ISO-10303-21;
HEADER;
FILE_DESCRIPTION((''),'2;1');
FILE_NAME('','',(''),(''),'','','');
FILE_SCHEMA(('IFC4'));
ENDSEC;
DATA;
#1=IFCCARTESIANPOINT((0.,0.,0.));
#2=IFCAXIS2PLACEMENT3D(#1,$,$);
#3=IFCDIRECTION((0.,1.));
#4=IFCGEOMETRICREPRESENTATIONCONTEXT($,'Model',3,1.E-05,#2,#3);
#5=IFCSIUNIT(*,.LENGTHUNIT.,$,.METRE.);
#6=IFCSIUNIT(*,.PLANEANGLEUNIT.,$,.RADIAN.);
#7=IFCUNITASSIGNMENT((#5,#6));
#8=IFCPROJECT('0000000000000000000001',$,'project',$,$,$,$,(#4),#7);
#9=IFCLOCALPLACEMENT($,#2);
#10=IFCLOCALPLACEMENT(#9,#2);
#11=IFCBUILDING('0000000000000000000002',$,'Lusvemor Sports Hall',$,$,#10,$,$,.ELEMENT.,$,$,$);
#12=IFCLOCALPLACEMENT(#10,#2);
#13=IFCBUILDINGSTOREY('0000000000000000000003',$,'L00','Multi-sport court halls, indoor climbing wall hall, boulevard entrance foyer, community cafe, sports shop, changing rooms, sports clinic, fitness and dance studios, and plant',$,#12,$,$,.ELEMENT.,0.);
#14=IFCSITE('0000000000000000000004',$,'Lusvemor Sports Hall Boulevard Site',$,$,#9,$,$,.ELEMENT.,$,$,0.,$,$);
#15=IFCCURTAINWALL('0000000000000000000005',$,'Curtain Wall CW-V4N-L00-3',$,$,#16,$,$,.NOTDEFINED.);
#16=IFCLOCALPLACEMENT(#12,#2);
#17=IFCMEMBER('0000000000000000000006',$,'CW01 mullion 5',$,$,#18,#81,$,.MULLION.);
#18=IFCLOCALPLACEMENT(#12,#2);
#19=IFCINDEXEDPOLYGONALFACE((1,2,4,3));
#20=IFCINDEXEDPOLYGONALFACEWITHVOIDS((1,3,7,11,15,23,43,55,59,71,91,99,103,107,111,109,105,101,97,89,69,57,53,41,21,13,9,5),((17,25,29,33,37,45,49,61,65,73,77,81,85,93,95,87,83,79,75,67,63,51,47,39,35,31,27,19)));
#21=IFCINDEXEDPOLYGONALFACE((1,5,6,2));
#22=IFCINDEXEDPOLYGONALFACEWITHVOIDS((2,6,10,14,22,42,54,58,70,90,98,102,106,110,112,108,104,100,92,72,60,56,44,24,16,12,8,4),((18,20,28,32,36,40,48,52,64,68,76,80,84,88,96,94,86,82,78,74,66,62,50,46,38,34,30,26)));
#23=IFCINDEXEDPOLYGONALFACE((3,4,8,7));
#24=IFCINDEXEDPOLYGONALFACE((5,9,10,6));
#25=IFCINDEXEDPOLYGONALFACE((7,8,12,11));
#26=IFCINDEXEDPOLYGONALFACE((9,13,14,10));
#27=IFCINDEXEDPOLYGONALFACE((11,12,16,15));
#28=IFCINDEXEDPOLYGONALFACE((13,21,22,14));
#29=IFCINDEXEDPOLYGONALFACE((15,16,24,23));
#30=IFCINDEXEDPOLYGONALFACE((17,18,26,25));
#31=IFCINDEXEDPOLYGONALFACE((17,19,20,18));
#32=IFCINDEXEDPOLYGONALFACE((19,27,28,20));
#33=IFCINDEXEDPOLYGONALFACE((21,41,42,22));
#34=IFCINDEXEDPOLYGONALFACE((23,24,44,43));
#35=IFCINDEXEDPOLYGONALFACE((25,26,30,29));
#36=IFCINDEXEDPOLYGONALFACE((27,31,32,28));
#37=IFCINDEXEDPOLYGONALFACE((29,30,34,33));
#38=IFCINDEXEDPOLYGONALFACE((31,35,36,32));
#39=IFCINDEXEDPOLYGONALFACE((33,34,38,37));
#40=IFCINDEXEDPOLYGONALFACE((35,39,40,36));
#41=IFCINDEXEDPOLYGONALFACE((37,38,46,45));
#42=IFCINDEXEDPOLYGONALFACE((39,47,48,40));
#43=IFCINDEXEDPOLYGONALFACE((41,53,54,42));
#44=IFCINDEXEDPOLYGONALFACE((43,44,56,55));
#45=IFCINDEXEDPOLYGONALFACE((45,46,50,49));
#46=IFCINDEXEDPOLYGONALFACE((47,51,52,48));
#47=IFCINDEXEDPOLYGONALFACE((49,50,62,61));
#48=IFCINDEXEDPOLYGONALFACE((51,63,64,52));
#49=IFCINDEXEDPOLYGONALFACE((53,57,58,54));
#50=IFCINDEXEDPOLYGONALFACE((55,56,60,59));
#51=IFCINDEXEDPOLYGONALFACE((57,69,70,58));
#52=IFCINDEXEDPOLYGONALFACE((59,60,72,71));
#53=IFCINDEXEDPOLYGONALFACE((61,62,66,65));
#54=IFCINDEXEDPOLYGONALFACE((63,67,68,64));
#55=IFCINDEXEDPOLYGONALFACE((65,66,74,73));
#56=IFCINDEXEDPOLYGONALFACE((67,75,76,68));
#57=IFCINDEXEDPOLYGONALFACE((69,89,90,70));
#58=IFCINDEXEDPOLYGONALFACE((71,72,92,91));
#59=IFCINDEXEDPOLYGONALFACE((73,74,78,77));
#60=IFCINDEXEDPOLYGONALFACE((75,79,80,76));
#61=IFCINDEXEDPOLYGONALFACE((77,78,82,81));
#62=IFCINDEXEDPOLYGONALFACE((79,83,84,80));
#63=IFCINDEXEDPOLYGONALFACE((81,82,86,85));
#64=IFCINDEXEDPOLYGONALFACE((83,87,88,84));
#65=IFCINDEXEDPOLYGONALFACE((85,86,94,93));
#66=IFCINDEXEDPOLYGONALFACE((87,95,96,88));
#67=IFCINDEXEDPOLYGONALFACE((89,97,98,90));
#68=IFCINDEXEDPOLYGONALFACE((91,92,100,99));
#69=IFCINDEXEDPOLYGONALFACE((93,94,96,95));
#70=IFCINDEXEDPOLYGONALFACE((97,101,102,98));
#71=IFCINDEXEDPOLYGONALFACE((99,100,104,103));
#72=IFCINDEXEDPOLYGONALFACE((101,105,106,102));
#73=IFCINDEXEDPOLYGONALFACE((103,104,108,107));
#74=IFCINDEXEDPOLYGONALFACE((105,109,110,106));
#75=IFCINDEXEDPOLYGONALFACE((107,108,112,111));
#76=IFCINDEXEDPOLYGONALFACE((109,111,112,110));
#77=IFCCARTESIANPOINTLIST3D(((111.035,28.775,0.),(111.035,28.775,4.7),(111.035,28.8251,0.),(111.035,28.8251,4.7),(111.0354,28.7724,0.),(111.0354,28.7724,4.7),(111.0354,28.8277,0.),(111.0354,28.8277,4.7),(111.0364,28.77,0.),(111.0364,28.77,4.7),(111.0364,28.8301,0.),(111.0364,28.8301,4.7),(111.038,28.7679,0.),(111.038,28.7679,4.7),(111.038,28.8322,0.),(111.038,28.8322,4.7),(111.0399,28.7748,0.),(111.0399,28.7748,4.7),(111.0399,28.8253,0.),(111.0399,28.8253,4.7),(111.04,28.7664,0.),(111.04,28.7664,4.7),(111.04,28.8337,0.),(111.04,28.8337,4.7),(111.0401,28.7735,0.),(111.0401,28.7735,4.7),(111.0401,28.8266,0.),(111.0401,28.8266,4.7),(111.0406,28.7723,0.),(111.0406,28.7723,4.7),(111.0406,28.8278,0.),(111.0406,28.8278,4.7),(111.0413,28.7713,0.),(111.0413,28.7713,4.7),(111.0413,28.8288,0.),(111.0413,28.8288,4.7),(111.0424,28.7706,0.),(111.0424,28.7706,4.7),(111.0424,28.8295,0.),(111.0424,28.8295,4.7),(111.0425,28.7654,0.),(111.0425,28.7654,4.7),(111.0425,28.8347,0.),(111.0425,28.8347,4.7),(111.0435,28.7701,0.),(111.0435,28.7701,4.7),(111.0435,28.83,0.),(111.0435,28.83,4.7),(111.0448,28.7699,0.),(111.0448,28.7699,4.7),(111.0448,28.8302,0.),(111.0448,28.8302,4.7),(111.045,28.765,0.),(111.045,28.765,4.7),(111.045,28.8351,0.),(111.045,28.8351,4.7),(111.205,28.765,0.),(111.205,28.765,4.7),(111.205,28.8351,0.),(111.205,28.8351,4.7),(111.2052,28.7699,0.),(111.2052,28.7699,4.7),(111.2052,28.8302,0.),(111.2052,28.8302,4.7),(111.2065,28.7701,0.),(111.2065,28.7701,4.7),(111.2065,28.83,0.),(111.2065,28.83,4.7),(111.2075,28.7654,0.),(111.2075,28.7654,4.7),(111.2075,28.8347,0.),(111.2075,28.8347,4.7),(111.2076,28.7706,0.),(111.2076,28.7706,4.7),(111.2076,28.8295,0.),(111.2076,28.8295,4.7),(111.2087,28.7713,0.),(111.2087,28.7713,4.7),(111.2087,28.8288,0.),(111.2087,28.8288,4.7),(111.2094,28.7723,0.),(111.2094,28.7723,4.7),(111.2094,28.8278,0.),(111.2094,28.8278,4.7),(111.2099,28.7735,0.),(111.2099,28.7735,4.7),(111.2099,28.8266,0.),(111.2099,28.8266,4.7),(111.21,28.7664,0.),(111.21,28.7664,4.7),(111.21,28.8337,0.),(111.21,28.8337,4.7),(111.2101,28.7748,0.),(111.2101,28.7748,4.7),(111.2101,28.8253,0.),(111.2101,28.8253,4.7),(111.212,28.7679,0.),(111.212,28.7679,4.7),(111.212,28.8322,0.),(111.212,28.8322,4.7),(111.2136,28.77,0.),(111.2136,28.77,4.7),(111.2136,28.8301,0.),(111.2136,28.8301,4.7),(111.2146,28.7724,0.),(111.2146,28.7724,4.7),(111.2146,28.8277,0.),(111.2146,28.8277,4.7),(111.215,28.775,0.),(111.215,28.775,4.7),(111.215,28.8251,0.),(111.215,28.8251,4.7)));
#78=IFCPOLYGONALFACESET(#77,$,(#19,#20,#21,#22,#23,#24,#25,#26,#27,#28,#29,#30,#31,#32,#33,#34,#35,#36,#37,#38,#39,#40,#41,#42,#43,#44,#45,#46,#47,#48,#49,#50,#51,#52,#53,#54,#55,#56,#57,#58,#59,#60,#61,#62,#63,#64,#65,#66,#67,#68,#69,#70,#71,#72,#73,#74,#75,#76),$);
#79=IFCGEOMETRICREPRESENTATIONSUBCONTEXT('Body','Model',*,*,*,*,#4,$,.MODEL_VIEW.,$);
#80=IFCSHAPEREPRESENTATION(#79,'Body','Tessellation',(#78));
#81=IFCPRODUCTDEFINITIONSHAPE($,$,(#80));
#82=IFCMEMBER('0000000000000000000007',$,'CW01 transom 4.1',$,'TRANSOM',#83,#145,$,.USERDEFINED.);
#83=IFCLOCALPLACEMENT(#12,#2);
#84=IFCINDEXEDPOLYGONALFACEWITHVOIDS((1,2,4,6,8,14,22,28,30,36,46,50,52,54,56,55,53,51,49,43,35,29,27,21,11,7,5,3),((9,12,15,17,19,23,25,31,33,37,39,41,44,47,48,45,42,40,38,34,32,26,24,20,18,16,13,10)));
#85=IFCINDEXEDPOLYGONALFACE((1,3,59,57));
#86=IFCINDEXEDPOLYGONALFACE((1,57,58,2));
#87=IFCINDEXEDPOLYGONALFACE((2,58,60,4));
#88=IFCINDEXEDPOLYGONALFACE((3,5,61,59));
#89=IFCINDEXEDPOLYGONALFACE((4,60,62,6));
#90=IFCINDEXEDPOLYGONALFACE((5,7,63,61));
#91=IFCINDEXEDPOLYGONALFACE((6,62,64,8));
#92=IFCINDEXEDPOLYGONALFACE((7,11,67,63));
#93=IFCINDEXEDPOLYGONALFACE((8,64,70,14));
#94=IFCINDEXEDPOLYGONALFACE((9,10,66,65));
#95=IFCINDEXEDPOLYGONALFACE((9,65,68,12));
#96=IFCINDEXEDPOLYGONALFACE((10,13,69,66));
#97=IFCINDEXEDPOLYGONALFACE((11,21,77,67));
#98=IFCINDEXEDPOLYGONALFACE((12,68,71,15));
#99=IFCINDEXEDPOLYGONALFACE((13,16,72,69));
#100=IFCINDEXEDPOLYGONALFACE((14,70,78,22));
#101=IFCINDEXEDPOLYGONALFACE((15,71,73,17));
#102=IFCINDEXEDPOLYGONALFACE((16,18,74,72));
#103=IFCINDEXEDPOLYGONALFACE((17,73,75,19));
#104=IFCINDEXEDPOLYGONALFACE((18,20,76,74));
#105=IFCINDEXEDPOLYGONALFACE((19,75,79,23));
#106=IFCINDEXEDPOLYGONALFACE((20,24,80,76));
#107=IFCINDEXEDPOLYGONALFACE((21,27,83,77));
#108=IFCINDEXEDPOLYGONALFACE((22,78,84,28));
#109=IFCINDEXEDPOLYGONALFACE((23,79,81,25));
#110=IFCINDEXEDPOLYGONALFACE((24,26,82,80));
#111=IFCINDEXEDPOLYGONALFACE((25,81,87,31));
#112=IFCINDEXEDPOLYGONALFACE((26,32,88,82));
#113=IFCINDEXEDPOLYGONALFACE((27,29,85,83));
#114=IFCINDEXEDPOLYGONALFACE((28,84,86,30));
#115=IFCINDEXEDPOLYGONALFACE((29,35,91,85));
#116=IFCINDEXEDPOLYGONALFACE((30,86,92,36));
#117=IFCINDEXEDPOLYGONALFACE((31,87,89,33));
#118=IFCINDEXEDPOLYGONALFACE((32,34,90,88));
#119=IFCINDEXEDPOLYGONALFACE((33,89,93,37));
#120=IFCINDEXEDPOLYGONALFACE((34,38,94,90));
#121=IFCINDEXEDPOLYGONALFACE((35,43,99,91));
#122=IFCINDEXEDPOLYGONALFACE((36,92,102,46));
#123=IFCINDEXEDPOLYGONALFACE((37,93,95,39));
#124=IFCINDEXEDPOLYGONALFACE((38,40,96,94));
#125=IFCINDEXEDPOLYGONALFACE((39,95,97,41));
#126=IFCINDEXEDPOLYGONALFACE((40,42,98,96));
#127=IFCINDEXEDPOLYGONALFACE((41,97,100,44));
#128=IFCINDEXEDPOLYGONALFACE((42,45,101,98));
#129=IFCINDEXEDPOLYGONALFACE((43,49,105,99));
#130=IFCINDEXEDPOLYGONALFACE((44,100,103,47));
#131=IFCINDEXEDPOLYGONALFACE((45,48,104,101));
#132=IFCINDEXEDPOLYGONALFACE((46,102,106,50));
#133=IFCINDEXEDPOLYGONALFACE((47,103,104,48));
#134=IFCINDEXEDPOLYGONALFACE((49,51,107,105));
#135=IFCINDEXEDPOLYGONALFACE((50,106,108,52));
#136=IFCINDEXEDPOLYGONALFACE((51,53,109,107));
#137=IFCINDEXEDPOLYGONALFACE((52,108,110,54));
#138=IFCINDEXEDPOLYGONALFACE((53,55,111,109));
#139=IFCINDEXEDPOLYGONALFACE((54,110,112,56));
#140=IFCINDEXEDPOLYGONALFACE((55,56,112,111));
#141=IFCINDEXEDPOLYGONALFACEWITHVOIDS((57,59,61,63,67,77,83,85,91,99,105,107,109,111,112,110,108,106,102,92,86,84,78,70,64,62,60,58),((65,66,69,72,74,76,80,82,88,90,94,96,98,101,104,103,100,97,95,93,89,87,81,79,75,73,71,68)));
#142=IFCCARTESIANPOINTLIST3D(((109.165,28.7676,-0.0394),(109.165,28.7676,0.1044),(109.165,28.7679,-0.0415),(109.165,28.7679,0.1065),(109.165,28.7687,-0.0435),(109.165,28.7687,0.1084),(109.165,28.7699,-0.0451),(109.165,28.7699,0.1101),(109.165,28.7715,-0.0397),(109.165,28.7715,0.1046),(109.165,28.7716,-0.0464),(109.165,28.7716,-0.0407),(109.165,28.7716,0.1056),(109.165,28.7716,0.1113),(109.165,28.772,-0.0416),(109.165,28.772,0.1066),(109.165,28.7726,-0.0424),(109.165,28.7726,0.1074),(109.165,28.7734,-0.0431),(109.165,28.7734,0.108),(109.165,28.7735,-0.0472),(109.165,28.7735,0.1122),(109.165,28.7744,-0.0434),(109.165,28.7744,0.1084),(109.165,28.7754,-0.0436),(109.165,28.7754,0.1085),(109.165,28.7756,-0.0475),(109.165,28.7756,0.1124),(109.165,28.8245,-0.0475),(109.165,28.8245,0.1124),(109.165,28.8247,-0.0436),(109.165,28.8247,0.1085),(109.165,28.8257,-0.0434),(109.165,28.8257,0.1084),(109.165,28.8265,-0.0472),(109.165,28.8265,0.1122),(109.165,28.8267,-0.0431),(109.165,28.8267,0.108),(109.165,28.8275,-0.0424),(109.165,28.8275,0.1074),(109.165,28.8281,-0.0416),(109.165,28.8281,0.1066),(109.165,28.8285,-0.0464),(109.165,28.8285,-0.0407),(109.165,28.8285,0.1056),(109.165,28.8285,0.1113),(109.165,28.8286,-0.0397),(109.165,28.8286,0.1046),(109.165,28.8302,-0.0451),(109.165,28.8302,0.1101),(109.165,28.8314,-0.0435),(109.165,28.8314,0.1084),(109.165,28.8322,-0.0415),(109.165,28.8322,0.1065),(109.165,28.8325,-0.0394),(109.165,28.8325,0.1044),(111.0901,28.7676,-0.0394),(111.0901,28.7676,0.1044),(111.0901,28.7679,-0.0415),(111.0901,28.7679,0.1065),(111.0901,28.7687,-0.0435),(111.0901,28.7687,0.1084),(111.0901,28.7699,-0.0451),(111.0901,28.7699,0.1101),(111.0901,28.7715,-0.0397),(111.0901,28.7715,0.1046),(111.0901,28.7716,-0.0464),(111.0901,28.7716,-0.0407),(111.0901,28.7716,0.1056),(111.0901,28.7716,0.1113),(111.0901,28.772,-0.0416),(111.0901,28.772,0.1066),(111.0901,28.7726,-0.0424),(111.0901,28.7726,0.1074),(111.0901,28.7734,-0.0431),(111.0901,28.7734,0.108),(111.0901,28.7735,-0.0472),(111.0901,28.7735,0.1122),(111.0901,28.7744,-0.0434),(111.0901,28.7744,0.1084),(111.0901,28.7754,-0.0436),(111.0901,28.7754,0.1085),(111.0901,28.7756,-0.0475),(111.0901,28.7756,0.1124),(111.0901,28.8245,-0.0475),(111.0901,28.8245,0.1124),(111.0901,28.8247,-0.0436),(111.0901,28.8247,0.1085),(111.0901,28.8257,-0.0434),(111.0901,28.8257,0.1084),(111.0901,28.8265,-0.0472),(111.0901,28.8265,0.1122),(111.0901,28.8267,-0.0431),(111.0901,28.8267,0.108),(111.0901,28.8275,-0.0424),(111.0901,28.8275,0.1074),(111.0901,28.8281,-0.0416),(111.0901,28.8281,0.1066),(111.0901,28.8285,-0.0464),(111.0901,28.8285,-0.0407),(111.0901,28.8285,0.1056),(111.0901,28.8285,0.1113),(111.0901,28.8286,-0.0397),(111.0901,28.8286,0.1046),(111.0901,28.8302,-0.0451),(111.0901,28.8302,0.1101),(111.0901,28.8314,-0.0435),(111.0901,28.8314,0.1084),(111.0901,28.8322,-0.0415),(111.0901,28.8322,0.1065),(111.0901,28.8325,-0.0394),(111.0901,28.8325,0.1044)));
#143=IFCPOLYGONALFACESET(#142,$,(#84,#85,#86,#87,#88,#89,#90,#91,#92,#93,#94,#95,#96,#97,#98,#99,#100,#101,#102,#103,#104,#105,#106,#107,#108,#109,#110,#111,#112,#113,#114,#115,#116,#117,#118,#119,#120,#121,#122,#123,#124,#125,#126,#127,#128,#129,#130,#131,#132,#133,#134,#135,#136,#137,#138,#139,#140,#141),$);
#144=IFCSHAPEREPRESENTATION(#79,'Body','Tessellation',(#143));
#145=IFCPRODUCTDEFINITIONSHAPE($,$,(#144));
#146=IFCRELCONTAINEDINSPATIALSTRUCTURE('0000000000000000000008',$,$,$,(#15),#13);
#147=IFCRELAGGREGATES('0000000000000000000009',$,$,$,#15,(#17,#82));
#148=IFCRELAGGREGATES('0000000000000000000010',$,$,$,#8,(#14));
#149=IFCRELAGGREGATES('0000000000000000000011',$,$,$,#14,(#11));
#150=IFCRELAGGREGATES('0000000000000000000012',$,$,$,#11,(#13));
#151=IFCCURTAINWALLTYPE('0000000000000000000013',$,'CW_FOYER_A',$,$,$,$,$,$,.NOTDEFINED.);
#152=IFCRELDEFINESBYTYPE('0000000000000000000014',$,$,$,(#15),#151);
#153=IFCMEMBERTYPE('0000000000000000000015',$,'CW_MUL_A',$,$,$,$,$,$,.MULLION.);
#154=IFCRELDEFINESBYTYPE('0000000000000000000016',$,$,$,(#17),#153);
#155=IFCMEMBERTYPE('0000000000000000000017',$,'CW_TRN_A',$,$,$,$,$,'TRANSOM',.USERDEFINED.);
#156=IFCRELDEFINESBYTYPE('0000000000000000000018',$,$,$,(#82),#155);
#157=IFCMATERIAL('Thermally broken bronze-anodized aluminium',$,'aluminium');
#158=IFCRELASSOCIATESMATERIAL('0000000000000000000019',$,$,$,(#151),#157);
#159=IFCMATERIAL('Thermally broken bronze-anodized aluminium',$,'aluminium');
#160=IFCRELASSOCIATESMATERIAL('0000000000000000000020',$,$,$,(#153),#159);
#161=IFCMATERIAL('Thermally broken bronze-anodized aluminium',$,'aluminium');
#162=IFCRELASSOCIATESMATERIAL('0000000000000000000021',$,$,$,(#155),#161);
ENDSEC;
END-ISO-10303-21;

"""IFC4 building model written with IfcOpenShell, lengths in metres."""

from ifc_helpers import new_model, si_unit, direction, frame, origin, origin_2d, place, context, subcontext, project, spatial, hollow_rectangle, extrude, material, material_profile, profile_set, type_object, element, aggregate, save


model = new_model("IFC4")

# Units and contexts
model_context = context("Model", 3, precision=1e-05, world=origin(), true_north=direction((0.0, 1.0)))
body_context = subcontext(model_context, "Body", "Model", "MODEL_VIEW")
ifc_project = project(units=[si_unit("LENGTHUNIT", "METRE"), si_unit("PLANEANGLEUNIT", "RADIAN")], contexts=[model_context])

# Site, building, storey
site_placement = place(None, origin())
site = spatial("IfcSite", under=ifc_project, at=site_placement, Name="Lusvemor Sports Hall Boulevard Site", CompositionType="ELEMENT", RefElevation=0.0)
building_placement = place(site_placement, origin())
building = spatial("IfcBuilding", under=site, at=building_placement, Name="Lusvemor Sports Hall", CompositionType="ELEMENT")
storey_placement = place(building_placement, origin())
storey = spatial("IfcBuildingStorey", under=building, at=storey_placement, Name="L00", Description="Multi-sport court halls, indoor climbing wall hall, boulevard entrance foyer, community cafe, sports shop, changing rooms, sports clinic, fitness and dance studios, and plant", CompositionType="ELEMENT", Elevation=0.0)

# Curtain wall, members
ifc_material_1 = material(Name="Thermally broken bronze-anodized aluminium", Category="aluminium")
curtain_wall_type = type_object("IfcCurtainWallType", Name="CW_FOYER_A", PredefinedType="NOTDEFINED", material=ifc_material_1)
curtain_wall_placement = place(storey_placement, origin())
curtain_wall = element("IfcCurtainWall", 1, at=curtain_wall_placement, inside=storey, type_object=curtain_wall_type, Name="Curtain Wall CW-V4N-L00-3", PredefinedType="NOTDEFINED")
ifc_material_2 = material(Name="Thermally broken bronze-anodized aluminium", Category="aluminium")
ifc_material_profile_1 = material_profile(ifc_material_2, hollow_rectangle(XDim=0.0701, YDim=0.1799, WallThickness=0.0049, InnerFilletRadius=0.0049, OuterFilletRadius=0.01, at=origin_2d()), Name="CWMUL180x70x5")
ifc_profile_set_1 = profile_set([ifc_material_profile_1], Name="Thermally broken bronze-anodized aluminium")
member_type_1 = type_object("IfcMemberType", Name="CW_MUL_A", PredefinedType="MULLION", material=ifc_profile_set_1)
member_1_placement = place(storey_placement, frame((111.125, 28.8, 0.0), z_axis=(0.0, 0.0, 1.0), x_axis=(0.0, 1.0, 0.0)))
member_1 = element("IfcMember", 2, at=member_1_placement, type_object=member_type_1, Name="CW01 mullion 5", PredefinedType="MULLION", context=body_context, shape_type="SweptSolid", body=[
    extrude(hollow_rectangle(XDim=0.0701, YDim=0.1799, WallThickness=0.0049, InnerFilletRadius=0.0049, OuterFilletRadius=0.01, at=origin_2d()), origin(), (0.0, 0.0, 1.0), 4.7),
])
ifc_material_3 = material(Name="Thermally broken bronze-anodized aluminium", Category="aluminium")
ifc_material_profile_2 = material_profile(ifc_material_3, hollow_rectangle(XDim=0.0649, YDim=0.1599, WallThickness=0.0039, InnerFilletRadius=0.0039, OuterFilletRadius=0.0081, at=origin_2d()), Name="CWTRN160x65x4")
ifc_profile_set_2 = profile_set([ifc_material_profile_2], Name="Thermally broken bronze-anodized aluminium")
member_type_2 = type_object("IfcMemberType", Name="CW_TRN_A", ElementType="TRANSOM", PredefinedType="USERDEFINED", material=ifc_profile_set_2)
member_2_placement = place(storey_placement, frame((109.165, 28.8, 0.0325), z_axis=(1.0, 0.0, 0.0), x_axis=(0.0, 1.0, 0.0)))
member_2 = element("IfcMember", 3, at=member_2_placement, type_object=member_type_2, Name="CW01 transom 4.1", ObjectType="TRANSOM", PredefinedType="USERDEFINED", context=body_context, shape_type="SweptSolid", body=[
    extrude(hollow_rectangle(XDim=0.0649, YDim=0.1599, WallThickness=0.0039, InnerFilletRadius=0.0039, OuterFilletRadius=0.0081, at=origin_2d()), origin(), (0.0, 0.0, 1.0), 1.925),
])
aggregate(curtain_wall, [member_1, member_2])

save(model, "model.ifc")
